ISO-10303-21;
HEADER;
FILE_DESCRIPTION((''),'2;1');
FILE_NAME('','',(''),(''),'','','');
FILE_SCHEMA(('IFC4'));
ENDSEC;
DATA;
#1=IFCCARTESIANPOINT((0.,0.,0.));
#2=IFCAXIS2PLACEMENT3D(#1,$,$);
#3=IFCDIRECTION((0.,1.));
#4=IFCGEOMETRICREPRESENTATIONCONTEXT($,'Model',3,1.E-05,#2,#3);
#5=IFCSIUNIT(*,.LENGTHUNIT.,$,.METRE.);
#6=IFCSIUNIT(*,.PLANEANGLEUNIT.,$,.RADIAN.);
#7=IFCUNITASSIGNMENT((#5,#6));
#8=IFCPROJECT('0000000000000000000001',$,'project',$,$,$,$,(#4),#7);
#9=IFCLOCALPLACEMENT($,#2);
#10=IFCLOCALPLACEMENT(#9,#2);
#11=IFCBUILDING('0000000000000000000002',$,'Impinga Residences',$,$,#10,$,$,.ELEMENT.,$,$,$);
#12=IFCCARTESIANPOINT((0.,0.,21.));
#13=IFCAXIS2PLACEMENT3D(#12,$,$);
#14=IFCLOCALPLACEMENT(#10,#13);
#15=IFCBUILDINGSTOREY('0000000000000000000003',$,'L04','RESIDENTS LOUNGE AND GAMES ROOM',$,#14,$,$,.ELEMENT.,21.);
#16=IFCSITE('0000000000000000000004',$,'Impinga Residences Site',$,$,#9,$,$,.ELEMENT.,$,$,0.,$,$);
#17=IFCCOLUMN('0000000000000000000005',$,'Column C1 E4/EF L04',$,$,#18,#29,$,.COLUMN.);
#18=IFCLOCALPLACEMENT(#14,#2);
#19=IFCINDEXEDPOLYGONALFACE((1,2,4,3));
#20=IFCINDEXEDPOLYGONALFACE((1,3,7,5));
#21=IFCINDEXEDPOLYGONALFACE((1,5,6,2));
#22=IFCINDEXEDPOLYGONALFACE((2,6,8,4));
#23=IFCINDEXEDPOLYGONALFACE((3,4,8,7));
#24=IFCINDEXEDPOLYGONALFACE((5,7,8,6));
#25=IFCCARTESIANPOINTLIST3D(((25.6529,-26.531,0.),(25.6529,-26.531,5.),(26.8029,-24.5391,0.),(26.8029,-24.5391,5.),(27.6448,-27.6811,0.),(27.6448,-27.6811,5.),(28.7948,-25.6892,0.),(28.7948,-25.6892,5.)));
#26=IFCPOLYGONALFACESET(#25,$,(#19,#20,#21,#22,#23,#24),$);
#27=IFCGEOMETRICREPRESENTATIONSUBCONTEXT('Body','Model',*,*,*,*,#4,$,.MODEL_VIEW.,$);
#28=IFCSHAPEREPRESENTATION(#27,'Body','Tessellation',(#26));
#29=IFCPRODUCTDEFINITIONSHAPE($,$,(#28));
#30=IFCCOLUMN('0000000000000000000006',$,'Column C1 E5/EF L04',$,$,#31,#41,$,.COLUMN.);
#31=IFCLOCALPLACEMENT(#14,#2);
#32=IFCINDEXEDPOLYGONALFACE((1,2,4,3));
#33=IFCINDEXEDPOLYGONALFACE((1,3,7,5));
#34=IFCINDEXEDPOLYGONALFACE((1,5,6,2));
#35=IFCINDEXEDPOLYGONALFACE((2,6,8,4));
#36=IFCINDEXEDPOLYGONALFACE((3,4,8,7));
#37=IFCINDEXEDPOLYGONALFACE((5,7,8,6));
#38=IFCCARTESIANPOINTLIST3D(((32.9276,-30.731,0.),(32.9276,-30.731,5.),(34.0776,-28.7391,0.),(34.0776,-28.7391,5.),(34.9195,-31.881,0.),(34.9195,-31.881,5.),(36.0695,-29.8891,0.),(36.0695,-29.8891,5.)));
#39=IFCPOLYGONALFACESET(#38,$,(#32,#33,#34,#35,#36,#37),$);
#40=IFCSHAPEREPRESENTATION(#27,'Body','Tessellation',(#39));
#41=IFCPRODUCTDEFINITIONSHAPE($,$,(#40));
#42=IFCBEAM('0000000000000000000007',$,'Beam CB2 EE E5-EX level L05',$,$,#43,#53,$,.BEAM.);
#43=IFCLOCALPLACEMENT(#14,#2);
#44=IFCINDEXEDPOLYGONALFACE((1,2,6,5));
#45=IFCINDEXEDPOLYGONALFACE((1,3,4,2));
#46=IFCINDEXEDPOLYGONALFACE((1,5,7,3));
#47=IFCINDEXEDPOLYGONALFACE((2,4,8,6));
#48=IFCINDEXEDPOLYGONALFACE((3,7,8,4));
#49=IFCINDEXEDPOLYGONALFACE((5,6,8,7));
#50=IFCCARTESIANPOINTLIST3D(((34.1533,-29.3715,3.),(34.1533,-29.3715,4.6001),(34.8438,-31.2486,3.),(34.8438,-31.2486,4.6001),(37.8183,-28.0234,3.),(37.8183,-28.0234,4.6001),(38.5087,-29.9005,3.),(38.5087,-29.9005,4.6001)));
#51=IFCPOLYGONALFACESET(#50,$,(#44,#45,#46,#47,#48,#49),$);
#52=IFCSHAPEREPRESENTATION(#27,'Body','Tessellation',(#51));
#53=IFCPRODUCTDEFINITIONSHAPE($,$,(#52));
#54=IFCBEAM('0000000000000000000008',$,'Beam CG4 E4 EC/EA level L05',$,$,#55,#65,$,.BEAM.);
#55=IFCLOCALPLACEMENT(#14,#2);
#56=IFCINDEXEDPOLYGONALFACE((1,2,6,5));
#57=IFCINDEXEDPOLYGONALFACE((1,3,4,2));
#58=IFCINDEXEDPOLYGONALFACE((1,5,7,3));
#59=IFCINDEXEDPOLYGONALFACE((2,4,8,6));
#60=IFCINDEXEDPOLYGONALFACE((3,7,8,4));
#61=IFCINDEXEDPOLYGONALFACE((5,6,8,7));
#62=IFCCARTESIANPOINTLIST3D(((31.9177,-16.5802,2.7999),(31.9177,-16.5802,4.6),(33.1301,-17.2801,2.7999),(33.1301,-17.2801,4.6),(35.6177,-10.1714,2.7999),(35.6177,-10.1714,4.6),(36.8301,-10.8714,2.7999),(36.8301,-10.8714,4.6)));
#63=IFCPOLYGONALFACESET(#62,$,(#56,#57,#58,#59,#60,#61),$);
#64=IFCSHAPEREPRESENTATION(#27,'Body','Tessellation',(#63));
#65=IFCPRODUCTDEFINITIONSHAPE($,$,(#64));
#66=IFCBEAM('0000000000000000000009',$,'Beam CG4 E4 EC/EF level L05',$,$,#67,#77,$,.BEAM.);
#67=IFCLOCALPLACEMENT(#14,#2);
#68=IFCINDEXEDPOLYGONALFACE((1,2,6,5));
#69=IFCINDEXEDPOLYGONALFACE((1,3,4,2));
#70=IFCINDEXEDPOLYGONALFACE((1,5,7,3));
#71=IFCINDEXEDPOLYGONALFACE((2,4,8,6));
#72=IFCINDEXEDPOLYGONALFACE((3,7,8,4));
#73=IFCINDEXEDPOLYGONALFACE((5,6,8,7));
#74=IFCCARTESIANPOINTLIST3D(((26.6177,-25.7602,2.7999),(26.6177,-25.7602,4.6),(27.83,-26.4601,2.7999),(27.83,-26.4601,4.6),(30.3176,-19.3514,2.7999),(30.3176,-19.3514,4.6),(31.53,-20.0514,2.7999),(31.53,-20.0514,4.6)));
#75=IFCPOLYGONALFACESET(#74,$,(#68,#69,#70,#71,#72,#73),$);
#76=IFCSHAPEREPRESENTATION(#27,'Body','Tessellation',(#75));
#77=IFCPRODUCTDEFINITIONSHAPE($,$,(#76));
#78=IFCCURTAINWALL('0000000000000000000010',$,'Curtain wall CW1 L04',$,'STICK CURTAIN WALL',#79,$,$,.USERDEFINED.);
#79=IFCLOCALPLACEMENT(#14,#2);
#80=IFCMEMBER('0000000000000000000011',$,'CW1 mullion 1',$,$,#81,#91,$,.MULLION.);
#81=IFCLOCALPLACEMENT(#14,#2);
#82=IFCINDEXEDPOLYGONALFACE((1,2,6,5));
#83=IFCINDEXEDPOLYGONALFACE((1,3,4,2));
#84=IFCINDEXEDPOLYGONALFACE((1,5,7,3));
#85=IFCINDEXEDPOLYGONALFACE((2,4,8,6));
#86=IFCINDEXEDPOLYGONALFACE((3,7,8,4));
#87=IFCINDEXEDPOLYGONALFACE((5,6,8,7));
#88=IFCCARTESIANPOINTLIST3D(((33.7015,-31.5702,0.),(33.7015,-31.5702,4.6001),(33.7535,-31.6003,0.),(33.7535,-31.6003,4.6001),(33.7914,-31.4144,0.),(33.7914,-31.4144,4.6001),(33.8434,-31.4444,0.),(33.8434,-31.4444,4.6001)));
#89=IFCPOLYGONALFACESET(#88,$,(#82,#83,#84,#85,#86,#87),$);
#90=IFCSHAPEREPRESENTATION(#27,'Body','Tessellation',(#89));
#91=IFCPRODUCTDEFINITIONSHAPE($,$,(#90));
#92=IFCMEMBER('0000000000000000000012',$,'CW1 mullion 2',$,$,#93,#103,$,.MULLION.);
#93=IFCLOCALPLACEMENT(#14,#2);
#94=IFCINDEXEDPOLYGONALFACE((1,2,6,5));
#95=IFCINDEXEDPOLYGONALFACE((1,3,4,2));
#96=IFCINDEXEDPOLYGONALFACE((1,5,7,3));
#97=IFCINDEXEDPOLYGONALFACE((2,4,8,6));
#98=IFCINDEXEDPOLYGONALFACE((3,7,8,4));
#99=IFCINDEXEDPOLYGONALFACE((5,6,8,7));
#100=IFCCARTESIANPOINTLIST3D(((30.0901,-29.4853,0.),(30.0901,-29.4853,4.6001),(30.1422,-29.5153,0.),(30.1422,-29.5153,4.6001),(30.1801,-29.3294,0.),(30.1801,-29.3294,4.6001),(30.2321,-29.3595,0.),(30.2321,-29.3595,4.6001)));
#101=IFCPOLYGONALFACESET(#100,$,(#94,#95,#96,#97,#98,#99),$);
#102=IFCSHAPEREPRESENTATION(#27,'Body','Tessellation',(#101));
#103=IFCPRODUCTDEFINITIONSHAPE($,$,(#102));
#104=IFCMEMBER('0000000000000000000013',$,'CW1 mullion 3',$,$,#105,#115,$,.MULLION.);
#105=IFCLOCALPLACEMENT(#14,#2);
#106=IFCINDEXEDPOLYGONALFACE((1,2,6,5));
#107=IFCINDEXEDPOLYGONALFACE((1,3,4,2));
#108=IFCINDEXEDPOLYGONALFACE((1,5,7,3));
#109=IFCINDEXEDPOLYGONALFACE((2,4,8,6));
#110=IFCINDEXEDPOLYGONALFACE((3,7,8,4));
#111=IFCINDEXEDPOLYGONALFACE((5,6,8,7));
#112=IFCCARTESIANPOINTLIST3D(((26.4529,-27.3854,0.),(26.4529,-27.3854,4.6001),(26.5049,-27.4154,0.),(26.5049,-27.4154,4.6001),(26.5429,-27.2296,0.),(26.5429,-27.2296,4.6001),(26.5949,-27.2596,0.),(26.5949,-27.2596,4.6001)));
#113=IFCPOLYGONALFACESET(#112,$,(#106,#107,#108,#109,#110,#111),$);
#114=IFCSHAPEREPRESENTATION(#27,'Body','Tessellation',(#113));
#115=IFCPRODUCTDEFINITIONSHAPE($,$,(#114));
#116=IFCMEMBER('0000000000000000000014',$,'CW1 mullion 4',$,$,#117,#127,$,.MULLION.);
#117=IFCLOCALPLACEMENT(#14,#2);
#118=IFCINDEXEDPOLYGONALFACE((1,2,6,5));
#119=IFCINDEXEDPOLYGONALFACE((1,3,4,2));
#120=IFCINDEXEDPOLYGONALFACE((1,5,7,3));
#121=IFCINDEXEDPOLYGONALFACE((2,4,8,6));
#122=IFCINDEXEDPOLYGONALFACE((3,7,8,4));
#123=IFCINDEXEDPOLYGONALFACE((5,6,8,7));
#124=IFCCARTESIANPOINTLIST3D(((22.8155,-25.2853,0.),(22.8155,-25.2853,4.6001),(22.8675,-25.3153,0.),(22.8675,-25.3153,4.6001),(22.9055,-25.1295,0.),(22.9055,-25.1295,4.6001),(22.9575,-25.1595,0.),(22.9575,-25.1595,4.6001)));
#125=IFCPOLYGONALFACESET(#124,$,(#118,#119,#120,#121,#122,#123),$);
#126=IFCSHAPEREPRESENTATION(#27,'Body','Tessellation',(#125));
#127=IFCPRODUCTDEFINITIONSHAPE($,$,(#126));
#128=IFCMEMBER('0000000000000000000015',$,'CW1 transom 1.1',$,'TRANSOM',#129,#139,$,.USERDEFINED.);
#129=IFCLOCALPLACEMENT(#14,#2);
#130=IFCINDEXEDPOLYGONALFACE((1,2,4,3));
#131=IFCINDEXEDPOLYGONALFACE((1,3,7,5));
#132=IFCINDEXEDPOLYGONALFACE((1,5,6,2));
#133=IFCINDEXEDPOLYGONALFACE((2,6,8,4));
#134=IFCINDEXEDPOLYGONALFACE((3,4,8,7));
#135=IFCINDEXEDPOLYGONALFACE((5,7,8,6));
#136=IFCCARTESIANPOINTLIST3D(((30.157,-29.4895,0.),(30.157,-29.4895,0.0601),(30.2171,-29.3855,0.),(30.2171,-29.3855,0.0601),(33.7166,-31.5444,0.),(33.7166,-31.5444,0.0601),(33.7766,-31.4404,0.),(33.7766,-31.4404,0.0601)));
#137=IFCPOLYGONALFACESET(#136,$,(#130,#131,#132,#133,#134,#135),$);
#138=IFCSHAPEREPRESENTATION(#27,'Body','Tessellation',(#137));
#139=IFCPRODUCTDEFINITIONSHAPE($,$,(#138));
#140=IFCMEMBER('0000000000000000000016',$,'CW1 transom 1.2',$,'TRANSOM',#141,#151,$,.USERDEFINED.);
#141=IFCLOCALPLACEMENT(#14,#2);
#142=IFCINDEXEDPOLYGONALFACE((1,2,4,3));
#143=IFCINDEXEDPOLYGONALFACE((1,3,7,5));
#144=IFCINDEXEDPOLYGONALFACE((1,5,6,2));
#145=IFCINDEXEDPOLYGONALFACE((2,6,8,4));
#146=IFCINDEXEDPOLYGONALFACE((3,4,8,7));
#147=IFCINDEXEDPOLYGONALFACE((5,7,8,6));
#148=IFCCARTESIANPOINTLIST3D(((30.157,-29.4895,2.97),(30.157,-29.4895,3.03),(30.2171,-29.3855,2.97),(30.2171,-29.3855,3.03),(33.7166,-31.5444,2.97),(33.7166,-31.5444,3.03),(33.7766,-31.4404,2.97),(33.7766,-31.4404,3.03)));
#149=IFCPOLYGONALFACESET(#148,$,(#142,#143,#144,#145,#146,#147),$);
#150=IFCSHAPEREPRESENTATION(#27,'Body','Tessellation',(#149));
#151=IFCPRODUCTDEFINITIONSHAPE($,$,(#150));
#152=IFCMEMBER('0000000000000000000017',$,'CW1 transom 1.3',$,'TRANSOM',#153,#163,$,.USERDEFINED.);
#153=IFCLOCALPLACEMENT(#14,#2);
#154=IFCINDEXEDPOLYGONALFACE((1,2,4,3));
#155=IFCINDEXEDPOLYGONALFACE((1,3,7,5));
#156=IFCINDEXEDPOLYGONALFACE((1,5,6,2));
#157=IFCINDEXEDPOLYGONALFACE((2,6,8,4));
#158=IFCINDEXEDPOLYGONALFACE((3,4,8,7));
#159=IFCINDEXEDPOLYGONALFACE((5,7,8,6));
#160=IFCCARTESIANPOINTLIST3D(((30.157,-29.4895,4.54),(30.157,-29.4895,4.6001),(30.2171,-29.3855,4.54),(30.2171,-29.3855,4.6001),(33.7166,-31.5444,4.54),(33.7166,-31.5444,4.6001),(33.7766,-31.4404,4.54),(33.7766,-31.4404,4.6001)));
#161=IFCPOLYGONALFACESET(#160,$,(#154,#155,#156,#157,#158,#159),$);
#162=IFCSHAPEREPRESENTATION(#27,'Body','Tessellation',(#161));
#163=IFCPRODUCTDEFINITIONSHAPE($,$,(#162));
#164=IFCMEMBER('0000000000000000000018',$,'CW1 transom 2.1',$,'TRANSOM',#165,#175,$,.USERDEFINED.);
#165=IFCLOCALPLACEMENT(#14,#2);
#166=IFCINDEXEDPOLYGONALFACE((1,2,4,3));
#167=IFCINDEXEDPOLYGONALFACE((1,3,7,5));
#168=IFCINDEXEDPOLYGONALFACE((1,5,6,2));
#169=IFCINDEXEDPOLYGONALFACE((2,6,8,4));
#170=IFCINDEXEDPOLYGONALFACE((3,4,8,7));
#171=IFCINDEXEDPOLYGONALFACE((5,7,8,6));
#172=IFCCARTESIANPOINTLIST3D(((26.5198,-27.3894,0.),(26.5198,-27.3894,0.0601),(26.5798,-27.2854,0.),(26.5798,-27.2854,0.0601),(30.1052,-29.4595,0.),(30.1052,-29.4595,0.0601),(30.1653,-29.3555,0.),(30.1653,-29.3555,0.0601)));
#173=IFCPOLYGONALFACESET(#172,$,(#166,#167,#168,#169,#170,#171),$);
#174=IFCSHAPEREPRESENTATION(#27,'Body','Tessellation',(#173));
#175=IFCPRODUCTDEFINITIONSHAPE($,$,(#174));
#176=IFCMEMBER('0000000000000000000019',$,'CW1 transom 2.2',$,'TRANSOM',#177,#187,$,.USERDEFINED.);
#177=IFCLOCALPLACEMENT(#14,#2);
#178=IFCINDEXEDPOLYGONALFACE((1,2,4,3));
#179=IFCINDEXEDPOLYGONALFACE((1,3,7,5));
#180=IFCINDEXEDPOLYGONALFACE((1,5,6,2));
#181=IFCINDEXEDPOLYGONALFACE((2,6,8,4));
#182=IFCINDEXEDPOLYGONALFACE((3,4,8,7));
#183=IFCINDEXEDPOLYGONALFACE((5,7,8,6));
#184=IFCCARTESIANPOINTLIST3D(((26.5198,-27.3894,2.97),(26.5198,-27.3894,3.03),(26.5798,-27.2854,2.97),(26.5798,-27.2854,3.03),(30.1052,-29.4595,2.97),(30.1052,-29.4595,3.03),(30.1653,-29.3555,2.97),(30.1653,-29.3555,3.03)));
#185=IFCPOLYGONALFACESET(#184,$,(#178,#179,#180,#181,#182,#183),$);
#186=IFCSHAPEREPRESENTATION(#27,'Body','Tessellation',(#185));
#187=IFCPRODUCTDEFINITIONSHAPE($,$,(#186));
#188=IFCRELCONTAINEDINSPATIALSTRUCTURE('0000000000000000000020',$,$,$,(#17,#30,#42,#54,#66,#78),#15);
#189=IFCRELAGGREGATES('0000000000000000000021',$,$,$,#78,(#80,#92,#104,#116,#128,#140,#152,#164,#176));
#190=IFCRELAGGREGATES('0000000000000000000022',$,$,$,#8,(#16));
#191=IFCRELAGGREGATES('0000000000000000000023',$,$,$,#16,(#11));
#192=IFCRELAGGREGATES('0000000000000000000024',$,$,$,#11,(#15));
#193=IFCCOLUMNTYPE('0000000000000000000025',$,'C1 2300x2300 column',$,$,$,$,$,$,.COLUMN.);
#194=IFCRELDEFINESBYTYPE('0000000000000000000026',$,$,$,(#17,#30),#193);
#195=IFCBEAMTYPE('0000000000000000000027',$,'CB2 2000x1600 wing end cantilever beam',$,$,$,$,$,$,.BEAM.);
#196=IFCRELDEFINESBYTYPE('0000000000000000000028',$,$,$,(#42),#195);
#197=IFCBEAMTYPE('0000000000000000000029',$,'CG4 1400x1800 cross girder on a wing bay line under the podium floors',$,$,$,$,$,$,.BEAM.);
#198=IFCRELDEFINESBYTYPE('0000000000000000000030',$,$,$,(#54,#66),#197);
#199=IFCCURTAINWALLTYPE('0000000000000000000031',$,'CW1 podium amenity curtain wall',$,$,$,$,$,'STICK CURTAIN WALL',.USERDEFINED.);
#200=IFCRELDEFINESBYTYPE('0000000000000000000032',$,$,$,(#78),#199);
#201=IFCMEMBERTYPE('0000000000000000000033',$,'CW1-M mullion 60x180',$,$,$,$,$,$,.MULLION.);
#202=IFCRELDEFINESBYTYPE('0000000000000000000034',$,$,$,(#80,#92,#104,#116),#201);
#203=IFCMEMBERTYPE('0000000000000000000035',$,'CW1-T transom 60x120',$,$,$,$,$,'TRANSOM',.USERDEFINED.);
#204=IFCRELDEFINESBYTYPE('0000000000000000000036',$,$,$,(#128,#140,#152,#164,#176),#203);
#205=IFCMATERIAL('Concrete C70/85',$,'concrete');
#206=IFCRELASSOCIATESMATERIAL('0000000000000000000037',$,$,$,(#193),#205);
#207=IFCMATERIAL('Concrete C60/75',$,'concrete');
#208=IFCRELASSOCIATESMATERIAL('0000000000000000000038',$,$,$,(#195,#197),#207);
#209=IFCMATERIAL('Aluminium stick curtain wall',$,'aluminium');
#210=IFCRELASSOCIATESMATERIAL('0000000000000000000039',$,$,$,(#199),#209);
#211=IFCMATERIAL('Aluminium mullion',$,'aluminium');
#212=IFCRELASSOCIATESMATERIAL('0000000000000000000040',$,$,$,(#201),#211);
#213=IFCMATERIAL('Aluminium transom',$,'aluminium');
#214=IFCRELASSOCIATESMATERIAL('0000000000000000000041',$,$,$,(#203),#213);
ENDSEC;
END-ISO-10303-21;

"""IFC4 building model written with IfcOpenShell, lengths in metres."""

from ifc_helpers import new_model, si_unit, direction, frame, origin, origin_2d, place, context, subcontext, project, spatial, rectangle, extrude, material, material_profile, profile_set, type_object, element, aggregate, save


model = new_model("IFC4")

# Units and contexts
model_context = context("Model", 3, precision=1e-05, world=origin(), true_north=direction((0.0, 1.0)))
body_context = subcontext(model_context, "Body", "Model", "MODEL_VIEW")
ifc_project = project(units=[si_unit("LENGTHUNIT", "METRE"), si_unit("PLANEANGLEUNIT", "RADIAN")], contexts=[model_context])

# Site, building, storey
site_placement = place(None, origin())
site = spatial("IfcSite", under=ifc_project, at=site_placement, Name="Impinga Residences Site", CompositionType="ELEMENT", RefElevation=0.0)
building_placement = place(site_placement, origin())
building = spatial("IfcBuilding", under=site, at=building_placement, Name="Impinga Residences", CompositionType="ELEMENT")
storey_placement = place(building_placement, frame((0.0, 0.0, 21.0)))
storey = spatial("IfcBuildingStorey", under=building, at=storey_placement, Name="L04", Description="RESIDENTS LOUNGE AND GAMES ROOM", CompositionType="ELEMENT", Elevation=21.0)

# Columns
ifc_material_1 = material(Name="Concrete C70/85", Category="concrete")
ifc_material_profile_1 = material_profile(ifc_material_1, rectangle(XDim=2.3, YDim=2.3, at=origin_2d()), Name="RC 2300x2300")
ifc_profile_set_1 = profile_set([ifc_material_profile_1], Name="Concrete C70/85")
column_type = type_object("IfcColumnType", Name="C1 2300x2300 column", PredefinedType="COLUMN", material=ifc_profile_set_1)
for number, where, z_axis, x_axis, name in (
    (1, (27.2239, -26.1101, 0.0), (0.0, 0.0, 1.0), (-0.5, -0.866025, 0.0), "Column C1 E4/EF L04"),
    (2, (34.4985, -30.3101, 0.0), (0.0, 0.0, 1.0), (-0.5, -0.866025, 0.0), "Column C1 E5/EF L04"),
):
    element("IfcColumn", number, at=place(storey_placement, frame(where, z_axis=z_axis, x_axis=x_axis)), inside=storey, type_object=column_type, Name=name, PredefinedType="COLUMN", context=body_context, shape_type="SweptSolid", body=[
        extrude(rectangle(XDim=2.3, YDim=2.3, at=origin_2d()), origin(), (0.0, 0.0, 1.0), 5.0),
    ])

# Beams
ifc_material_2 = material(Name="Concrete C60/75", Category="concrete")
ifc_material_profile_2 = material_profile(ifc_material_2, rectangle(XDim=2.0, YDim=1.6001, at=origin_2d()), Name="RC 2000x1600")
ifc_profile_set_2 = profile_set([ifc_material_profile_2], Name="Concrete C60/75")
beam_type_1 = type_object("IfcBeamType", Name="CB2 2000x1600 wing end cantilever beam", PredefinedType="BEAM", material=ifc_profile_set_2)
beam_1_placement = place(storey_placement, frame((34.4985, -30.3101, 3.8), z_axis=(0.93852, 0.345224, 0.0), x_axis=(-0.345224, 0.93852, 0.0)))
element("IfcBeam", 3, at=beam_1_placement, inside=storey, type_object=beam_type_1, Name="Beam CB2 EE E5-EX level L05", PredefinedType="BEAM", context=body_context, shape_type="SweptSolid", body=[
    extrude(rectangle(XDim=2.0, YDim=1.6001, at=origin_2d()), origin(), (0.0, 0.0, 1.0), 3.905),
])
ifc_material_profile_3 = material_profile(ifc_material_2, rectangle(XDim=1.3999, YDim=1.8, at=origin_2d()), Name="RC 1400x1800")
ifc_profile_set_3 = profile_set([ifc_material_profile_3], Name="Concrete C60/75")
beam_type_2 = type_object("IfcBeamType", Name="CG4 1400x1800 cross girder on a wing bay line under the podium floors", PredefinedType="BEAM", material=ifc_profile_set_3)
for number, where, z_axis, x_axis, name in (
    (4, (32.5239, -16.9302, 3.7), (0.499989, 0.866032, 0.0), (-0.866032, 0.499989, 0.0), "Beam CG4 E4 EC/EA level L05"),
    (5, (30.9238, -19.7014, 3.7), (-0.499989, -0.866032, 0.0), (0.866032, -0.499989, 0.0), "Beam CG4 E4 EC/EF level L05"),
):
    element("IfcBeam", number, at=place(storey_placement, frame(where, z_axis=z_axis, x_axis=x_axis)), inside=storey, type_object=beam_type_2, Name=name, PredefinedType="BEAM", context=body_context, shape_type="SweptSolid", body=[
        extrude(rectangle(XDim=1.3999, YDim=1.8, at=origin_2d()), origin(), (0.0, 0.0, 1.0), 7.4001),
    ])

# Curtain wall, members
ifc_material_3 = material(Name="Aluminium stick curtain wall", Category="aluminium")
curtain_wall_type = type_object("IfcCurtainWallType", Name="CW1 podium amenity curtain wall", ElementType="STICK CURTAIN WALL", PredefinedType="USERDEFINED", material=ifc_material_3)
curtain_wall_placement = place(storey_placement, origin())
curtain_wall = element("IfcCurtainWall", 6, at=curtain_wall_placement, inside=storey, type_object=curtain_wall_type, Name="Curtain wall CW1 L04", ObjectType="STICK CURTAIN WALL", PredefinedType="USERDEFINED")
ifc_material_4 = material(Name="Aluminium mullion", Category="aluminium")
ifc_material_profile_4 = material_profile(ifc_material_4, rectangle(XDim=0.0601, YDim=0.1799, at=origin_2d()), Name="60x180 mullion")
ifc_profile_set_4 = profile_set([ifc_material_profile_4], Name="Aluminium mullion")
member_type_1 = type_object("IfcMemberType", Name="CW1-M mullion 60x180", PredefinedType="MULLION", material=ifc_profile_set_4)
member_1_placement = place(storey_placement, frame((33.7725, -31.5073, 0.0), z_axis=(0.0, 0.0, 1.0), x_axis=(-0.866025, 0.5, 0.0)))
member_1 = element("IfcMember", 7, at=member_1_placement, type_object=member_type_1, Name="CW1 mullion 1", PredefinedType="MULLION", context=body_context, shape_type="SweptSolid", body=[
    extrude(rectangle(XDim=0.0601, YDim=0.1799, at=origin_2d()), origin(), (0.0, 0.0, 1.0), 4.6001),
])
member_2_placement = place(storey_placement, frame((30.1611, -29.4224, 0.0), z_axis=(0.0, 0.0, 1.0), x_axis=(-0.866025, 0.5, 0.0)))
member_2 = element("IfcMember", 8, at=member_2_placement, type_object=member_type_1, Name="CW1 mullion 2", PredefinedType="MULLION", context=body_context, shape_type="SweptSolid", body=[
    extrude(rectangle(XDim=0.0601, YDim=0.1799, at=origin_2d()), origin(), (0.0, 0.0, 1.0), 4.6001),
])
member_3_placement = place(storey_placement, frame((26.5239, -27.3225, 0.0), z_axis=(0.0, 0.0, 1.0), x_axis=(-0.866025, 0.5, 0.0)))
member_3 = element("IfcMember", 9, at=member_3_placement, type_object=member_type_1, Name="CW1 mullion 3", PredefinedType="MULLION", context=body_context, shape_type="SweptSolid", body=[
    extrude(rectangle(XDim=0.0601, YDim=0.1799, at=origin_2d()), origin(), (0.0, 0.0, 1.0), 4.6001),
])
member_4_placement = place(storey_placement, frame((22.8865, -25.2224, 0.0), z_axis=(0.0, 0.0, 1.0), x_axis=(-0.866025, 0.5, 0.0)))
member_4 = element("IfcMember", 10, at=member_4_placement, type_object=member_type_1, Name="CW1 mullion 4", PredefinedType="MULLION", context=body_context, shape_type="SweptSolid", body=[
    extrude(rectangle(XDim=0.0601, YDim=0.1799, at=origin_2d()), origin(), (0.0, 0.0, 1.0), 4.6001),
])
ifc_material_5 = material(Name="Aluminium transom", Category="aluminium")
ifc_material_profile_5 = material_profile(ifc_material_5, rectangle(XDim=0.0601, YDim=0.1201, at=origin_2d()), Name="60x120 transom")
ifc_profile_set_5 = profile_set([ifc_material_profile_5], Name="Aluminium transom")
member_type_2 = type_object("IfcMemberType", Name="CW1-T transom 60x120", ElementType="TRANSOM", PredefinedType="USERDEFINED", material=ifc_profile_set_5)
member_5_placement = place(storey_placement, frame((33.7466, -31.4924, 0.03), z_axis=(-0.866045, 0.499966, 0.0), x_axis=(0.0, 0.0, 1.0)))
member_5 = element("IfcMember", 11, at=member_5_placement, type_object=member_type_2, Name="CW1 transom 1.1", ObjectType="TRANSOM", PredefinedType="USERDEFINED", context=body_context, shape_type="SweptSolid", body=[
    extrude(rectangle(XDim=0.0601, YDim=0.1201, at=origin_2d()), origin(), (0.0, 0.0, 1.0), 4.1101),
])
member_6_placement = place(storey_placement, frame((33.7466, -31.4924, 3.0), z_axis=(-0.866045, 0.499966, 0.0), x_axis=(0.0, 0.0, 1.0)))
member_6 = element("IfcMember", 12, at=member_6_placement, type_object=member_type_2, Name="CW1 transom 1.2", ObjectType="TRANSOM", PredefinedType="USERDEFINED", context=body_context, shape_type="SweptSolid", body=[
    extrude(rectangle(XDim=0.0601, YDim=0.1201, at=origin_2d()), origin(), (0.0, 0.0, 1.0), 4.1101),
])
member_7_placement = place(storey_placement, frame((33.7466, -31.4924, 4.5701), z_axis=(-0.866045, 0.499966, 0.0), x_axis=(0.0, 0.0, 1.0)))
member_7 = element("IfcMember", 13, at=member_7_placement, type_object=member_type_2, Name="CW1 transom 1.3", ObjectType="TRANSOM", PredefinedType="USERDEFINED", context=body_context, shape_type="SweptSolid", body=[
    extrude(rectangle(XDim=0.0601, YDim=0.1201, at=origin_2d()), origin(), (0.0, 0.0, 1.0), 4.1101),
])
member_8_placement = place(storey_placement, frame((30.1353, -29.4075, 0.03), z_axis=(-0.866025, 0.500002, 0.0), x_axis=(0.0, 0.0, 1.0)))
member_8 = element("IfcMember", 14, at=member_8_placement, type_object=member_type_2, Name="CW1 transom 2.1", ObjectType="TRANSOM", PredefinedType="USERDEFINED", context=body_context, shape_type="SweptSolid", body=[
    extrude(rectangle(XDim=0.0601, YDim=0.1201, at=origin_2d()), origin(), (0.0, 0.0, 1.0), 4.1401),
])
member_9_placement = place(storey_placement, frame((30.1353, -29.4075, 3.0), z_axis=(-0.866025, 0.500002, 0.0), x_axis=(0.0, 0.0, 1.0)))
member_9 = element("IfcMember", 15, at=member_9_placement, type_object=member_type_2, Name="CW1 transom 2.2", ObjectType="TRANSOM", PredefinedType="USERDEFINED", context=body_context, shape_type="SweptSolid", body=[
    extrude(rectangle(XDim=0.0601, YDim=0.1201, at=origin_2d()), origin(), (0.0, 0.0, 1.0), 4.1401),
])

aggregate(curtain_wall, [member_1, member_2, member_3, member_4, member_5, member_6, member_7, member_8, member_9])

save(model, "model.ifc")
